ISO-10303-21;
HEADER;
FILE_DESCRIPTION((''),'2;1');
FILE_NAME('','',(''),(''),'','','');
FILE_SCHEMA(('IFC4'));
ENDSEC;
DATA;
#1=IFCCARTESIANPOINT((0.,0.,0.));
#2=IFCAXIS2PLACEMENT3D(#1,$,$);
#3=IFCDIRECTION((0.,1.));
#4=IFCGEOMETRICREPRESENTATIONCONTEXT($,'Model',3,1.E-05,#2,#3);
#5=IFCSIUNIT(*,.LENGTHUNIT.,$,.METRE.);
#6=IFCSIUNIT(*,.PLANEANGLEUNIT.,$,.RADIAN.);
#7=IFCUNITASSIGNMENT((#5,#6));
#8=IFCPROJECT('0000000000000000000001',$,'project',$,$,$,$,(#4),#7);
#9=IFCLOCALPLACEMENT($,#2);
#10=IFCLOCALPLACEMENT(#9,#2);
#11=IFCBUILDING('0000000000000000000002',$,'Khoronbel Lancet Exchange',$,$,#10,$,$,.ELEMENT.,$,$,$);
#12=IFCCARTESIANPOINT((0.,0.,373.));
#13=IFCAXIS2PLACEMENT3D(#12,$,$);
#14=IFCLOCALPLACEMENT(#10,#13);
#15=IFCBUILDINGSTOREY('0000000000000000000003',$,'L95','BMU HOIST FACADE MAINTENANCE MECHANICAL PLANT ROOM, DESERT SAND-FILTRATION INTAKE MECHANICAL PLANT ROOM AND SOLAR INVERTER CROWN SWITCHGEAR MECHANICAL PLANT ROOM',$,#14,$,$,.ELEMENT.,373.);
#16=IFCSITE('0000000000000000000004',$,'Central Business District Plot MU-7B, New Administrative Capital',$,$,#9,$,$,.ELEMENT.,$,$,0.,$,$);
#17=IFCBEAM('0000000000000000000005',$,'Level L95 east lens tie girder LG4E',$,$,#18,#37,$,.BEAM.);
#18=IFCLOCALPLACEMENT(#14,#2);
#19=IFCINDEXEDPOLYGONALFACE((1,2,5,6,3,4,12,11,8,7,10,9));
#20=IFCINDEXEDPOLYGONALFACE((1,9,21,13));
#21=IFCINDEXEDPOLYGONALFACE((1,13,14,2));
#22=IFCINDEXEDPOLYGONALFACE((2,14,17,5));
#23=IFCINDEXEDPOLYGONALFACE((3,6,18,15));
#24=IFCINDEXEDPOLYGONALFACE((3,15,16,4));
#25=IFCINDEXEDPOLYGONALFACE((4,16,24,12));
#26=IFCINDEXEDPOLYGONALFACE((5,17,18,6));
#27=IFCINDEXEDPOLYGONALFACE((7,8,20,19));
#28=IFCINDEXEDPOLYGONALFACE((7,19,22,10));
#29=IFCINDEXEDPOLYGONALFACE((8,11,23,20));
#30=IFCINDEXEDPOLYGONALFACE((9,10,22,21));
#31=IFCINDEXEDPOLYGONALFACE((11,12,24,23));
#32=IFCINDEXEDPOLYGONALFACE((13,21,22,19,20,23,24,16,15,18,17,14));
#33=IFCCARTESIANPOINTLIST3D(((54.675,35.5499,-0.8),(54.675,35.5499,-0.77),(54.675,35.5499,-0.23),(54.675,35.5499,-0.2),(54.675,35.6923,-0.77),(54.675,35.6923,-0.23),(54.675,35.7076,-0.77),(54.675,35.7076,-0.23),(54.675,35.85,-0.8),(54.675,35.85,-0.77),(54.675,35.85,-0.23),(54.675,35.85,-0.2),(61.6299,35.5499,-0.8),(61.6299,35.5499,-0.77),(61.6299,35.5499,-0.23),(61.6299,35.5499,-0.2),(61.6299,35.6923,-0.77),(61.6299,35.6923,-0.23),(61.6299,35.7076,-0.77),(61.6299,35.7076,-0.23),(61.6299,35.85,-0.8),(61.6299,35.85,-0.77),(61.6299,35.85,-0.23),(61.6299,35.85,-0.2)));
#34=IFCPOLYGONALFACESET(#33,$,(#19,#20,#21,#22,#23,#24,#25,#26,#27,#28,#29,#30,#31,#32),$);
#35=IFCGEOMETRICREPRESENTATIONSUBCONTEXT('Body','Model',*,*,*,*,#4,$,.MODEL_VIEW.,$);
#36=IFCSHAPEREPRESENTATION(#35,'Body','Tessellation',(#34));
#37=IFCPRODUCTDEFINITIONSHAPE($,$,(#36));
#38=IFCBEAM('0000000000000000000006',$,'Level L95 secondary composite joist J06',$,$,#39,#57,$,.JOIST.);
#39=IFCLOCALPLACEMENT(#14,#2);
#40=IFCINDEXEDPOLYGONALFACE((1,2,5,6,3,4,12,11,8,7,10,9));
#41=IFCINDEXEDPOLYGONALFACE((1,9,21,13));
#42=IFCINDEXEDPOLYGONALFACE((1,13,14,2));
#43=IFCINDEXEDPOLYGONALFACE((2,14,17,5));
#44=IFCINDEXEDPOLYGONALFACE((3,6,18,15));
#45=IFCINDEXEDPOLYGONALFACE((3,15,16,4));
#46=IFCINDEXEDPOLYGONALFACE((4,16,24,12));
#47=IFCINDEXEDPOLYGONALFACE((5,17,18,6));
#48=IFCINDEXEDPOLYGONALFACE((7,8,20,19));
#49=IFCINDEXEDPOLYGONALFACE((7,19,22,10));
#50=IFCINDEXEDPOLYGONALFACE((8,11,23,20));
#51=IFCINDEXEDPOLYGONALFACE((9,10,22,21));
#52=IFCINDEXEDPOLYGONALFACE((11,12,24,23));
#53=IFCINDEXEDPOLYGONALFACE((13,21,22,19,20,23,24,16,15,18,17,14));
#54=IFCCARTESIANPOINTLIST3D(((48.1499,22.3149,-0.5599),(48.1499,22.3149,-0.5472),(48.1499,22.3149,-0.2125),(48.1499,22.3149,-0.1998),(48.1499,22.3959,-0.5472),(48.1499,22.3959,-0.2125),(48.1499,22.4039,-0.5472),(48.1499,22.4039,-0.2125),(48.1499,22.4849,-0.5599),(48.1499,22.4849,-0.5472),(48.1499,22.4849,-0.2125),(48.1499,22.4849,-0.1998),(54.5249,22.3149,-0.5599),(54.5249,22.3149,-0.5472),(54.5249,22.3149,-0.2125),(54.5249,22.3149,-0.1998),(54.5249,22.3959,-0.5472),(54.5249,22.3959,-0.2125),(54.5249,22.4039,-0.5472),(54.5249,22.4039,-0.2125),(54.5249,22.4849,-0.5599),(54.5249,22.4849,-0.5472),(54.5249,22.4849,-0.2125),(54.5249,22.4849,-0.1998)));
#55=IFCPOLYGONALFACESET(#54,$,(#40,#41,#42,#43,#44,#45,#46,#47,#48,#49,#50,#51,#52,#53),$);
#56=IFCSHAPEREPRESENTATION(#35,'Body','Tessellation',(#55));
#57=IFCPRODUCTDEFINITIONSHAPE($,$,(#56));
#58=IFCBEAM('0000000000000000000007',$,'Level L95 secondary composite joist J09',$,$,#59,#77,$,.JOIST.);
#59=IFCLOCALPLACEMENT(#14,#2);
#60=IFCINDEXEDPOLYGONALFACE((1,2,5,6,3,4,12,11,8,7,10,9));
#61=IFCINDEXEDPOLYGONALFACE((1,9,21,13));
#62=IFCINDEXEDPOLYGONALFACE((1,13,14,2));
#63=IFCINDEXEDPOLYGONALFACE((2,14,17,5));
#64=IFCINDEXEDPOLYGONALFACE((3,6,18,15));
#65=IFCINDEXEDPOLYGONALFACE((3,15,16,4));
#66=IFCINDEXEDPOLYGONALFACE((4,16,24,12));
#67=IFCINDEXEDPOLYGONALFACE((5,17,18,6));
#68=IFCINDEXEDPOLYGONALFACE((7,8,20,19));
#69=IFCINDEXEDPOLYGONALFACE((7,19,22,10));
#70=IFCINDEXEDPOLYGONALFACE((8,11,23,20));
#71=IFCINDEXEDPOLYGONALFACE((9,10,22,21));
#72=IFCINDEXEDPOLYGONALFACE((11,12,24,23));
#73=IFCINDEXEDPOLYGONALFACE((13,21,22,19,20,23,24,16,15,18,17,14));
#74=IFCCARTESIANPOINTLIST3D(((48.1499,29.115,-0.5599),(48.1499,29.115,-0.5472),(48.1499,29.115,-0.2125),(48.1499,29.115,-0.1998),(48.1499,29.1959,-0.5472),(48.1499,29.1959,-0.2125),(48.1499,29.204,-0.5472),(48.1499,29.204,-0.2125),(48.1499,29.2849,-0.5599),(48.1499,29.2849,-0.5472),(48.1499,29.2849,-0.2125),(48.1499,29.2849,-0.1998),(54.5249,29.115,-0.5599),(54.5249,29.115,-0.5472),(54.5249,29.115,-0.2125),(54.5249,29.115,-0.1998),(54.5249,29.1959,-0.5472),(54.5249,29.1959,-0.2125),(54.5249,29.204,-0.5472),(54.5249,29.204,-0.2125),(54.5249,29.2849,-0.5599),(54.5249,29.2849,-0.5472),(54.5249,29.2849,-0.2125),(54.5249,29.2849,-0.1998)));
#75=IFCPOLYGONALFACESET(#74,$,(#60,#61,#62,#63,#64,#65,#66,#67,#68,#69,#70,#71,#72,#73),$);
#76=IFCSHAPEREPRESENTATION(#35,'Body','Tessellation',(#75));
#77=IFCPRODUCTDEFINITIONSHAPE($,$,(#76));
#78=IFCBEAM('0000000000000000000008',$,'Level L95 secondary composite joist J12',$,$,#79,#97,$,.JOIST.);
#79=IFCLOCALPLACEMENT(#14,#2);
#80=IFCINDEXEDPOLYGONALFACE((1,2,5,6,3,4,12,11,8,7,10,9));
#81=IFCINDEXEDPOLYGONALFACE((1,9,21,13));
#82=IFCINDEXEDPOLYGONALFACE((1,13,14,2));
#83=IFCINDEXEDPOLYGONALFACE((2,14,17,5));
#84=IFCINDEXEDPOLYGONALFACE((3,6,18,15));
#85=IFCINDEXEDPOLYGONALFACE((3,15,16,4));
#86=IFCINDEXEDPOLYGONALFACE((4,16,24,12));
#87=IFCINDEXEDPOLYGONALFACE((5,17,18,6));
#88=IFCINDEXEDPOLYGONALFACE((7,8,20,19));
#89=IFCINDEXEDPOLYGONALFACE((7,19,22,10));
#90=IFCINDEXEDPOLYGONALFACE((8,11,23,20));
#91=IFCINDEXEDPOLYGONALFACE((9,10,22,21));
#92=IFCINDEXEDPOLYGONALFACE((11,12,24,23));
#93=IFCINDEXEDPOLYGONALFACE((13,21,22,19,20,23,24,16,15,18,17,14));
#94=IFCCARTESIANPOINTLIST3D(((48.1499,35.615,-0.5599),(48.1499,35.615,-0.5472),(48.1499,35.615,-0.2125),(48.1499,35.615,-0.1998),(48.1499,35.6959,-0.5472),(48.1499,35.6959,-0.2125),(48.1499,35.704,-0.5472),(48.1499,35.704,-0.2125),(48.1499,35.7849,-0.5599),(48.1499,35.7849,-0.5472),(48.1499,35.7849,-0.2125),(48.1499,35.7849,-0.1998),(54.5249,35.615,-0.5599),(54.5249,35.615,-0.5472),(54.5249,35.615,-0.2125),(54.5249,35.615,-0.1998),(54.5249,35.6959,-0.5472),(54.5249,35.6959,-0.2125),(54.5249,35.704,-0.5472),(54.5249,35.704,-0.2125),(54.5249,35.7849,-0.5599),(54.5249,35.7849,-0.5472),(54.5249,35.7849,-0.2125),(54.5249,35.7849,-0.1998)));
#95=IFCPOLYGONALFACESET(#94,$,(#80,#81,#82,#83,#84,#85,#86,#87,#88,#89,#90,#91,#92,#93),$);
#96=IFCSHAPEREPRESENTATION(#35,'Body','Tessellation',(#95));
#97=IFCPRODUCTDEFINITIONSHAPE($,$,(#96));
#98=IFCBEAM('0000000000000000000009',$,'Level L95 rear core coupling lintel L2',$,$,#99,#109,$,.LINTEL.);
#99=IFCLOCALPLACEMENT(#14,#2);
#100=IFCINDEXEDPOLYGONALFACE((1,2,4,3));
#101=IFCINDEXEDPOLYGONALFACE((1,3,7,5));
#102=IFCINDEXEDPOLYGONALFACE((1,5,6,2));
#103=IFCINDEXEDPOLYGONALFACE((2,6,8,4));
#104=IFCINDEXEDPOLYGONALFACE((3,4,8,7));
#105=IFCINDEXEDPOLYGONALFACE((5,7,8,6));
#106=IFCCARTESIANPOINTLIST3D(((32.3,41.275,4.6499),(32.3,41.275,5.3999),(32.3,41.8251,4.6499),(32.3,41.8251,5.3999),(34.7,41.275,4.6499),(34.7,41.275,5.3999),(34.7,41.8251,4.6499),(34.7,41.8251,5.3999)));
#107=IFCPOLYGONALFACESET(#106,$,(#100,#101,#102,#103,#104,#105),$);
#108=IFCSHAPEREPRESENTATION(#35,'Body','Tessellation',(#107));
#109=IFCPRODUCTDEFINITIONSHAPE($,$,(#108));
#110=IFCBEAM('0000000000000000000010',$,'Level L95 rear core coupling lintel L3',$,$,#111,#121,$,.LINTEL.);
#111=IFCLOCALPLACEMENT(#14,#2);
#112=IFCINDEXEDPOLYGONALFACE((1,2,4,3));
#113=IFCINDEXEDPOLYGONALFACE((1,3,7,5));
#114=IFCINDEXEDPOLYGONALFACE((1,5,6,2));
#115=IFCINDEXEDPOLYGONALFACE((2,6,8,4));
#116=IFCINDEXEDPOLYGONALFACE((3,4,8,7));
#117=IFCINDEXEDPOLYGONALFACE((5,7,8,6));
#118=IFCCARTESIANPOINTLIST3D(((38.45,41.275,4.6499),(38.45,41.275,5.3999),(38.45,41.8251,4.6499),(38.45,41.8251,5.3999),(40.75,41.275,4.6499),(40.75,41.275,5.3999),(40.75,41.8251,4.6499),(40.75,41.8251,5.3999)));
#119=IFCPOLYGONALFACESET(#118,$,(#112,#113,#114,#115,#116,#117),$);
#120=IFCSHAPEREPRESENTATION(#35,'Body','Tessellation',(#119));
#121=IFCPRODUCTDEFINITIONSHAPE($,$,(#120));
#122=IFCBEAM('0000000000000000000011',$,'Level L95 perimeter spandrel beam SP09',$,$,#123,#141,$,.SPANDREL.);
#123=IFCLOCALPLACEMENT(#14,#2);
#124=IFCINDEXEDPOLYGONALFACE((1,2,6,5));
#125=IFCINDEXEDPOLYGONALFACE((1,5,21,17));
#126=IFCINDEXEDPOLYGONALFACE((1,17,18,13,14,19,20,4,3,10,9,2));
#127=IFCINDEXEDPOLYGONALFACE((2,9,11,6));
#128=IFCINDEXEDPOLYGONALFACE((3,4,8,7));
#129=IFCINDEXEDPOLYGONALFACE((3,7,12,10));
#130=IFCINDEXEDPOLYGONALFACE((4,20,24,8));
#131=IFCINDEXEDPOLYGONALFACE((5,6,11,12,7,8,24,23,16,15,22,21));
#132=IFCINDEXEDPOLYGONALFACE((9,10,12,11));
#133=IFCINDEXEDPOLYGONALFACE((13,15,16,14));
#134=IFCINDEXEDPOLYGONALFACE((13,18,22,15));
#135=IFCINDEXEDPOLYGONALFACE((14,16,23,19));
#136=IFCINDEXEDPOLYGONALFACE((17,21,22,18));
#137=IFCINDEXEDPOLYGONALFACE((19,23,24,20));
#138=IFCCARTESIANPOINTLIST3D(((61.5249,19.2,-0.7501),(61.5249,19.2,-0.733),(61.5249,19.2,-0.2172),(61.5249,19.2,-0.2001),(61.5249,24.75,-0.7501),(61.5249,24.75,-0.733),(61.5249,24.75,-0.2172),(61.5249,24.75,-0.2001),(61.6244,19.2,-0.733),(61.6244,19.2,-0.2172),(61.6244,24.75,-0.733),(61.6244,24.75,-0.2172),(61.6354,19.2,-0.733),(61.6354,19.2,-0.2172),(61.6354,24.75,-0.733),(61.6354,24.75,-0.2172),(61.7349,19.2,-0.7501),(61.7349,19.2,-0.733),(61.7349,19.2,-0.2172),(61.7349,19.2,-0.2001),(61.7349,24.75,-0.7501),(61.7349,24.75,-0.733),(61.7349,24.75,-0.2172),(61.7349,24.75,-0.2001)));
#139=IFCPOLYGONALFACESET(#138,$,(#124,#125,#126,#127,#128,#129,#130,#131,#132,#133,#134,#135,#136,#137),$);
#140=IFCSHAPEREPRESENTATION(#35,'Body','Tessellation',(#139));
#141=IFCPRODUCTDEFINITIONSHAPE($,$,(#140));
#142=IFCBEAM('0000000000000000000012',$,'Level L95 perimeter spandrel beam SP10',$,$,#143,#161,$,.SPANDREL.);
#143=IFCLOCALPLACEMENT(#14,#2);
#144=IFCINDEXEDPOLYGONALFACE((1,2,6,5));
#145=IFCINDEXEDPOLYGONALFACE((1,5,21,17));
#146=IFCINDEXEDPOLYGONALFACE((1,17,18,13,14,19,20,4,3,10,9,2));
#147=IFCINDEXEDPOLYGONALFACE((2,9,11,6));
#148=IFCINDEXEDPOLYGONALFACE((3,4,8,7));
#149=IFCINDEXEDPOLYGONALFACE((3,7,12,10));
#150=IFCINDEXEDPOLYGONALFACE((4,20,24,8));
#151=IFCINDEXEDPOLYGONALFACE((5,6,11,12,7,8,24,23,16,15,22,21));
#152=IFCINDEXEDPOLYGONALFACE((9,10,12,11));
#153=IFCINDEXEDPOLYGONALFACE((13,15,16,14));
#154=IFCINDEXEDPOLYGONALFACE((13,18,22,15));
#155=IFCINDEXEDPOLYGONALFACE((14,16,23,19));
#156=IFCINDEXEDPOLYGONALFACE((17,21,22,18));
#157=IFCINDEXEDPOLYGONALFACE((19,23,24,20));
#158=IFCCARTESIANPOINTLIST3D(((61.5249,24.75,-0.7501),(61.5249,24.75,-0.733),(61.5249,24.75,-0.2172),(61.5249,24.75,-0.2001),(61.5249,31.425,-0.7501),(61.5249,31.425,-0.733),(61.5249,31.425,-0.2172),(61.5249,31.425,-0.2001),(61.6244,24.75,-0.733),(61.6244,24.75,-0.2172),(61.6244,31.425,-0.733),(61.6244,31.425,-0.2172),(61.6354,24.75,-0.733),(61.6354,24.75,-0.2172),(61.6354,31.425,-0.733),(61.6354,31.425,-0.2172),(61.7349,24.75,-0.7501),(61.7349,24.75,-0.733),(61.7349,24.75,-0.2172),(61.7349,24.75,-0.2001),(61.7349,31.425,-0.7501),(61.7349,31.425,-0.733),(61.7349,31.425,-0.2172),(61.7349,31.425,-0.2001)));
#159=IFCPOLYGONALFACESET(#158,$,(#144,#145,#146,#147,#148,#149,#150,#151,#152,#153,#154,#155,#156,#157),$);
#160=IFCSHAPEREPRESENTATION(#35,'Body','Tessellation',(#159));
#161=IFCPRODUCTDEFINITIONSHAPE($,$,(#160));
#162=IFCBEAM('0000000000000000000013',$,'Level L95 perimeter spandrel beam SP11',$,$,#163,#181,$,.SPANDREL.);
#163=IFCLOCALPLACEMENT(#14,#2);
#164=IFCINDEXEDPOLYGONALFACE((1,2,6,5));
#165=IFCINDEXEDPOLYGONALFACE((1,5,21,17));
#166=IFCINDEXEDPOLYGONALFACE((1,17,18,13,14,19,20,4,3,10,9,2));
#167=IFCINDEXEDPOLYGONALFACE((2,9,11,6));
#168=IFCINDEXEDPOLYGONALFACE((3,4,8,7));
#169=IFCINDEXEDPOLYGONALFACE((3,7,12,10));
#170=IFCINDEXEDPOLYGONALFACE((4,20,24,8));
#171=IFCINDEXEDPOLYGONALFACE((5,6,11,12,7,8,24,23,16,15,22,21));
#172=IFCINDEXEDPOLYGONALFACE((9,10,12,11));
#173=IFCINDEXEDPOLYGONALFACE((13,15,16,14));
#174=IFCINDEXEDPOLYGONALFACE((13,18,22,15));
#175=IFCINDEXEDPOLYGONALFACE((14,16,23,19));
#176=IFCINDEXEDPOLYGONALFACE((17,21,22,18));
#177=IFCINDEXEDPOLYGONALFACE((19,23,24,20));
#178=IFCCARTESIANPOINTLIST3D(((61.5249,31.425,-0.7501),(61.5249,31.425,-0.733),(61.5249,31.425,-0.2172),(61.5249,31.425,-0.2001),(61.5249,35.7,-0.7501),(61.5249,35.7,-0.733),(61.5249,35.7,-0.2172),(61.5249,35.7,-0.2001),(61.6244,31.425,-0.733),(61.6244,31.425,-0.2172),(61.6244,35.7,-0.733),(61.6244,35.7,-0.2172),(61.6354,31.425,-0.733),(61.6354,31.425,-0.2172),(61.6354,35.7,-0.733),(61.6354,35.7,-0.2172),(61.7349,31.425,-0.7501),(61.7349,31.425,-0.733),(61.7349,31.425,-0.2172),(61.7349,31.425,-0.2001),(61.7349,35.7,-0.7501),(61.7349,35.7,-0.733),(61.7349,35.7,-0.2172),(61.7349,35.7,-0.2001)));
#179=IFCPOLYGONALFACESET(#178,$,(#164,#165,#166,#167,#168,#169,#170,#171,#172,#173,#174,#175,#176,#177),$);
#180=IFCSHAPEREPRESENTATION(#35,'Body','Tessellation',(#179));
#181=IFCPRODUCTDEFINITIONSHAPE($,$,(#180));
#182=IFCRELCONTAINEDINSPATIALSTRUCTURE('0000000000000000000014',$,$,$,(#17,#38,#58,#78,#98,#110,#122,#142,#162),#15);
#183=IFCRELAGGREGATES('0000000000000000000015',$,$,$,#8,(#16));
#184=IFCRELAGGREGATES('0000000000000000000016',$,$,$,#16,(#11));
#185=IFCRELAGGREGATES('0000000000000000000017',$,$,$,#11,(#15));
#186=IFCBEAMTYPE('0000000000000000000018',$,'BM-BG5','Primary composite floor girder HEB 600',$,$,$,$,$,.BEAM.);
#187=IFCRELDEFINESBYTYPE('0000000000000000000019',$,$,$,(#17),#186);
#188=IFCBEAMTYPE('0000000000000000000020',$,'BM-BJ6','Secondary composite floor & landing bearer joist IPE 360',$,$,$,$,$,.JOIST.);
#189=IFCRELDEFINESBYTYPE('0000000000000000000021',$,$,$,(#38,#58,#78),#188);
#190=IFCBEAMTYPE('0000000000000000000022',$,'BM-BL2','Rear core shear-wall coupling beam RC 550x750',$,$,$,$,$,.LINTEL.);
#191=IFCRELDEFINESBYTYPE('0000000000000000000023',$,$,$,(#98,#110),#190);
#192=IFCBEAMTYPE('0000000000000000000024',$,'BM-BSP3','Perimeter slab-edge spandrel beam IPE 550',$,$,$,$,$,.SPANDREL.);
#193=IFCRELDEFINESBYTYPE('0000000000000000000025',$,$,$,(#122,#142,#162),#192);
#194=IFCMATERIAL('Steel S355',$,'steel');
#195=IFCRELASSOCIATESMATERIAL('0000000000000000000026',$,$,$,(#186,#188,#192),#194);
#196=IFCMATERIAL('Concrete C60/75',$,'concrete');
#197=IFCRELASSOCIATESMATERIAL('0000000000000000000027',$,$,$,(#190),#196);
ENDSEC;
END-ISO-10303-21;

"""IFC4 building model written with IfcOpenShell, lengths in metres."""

from ifc_helpers import new_model, si_unit, direction, frame, origin, origin_2d, place, context, subcontext, project, spatial, rectangle, i_section, extrude, material, material_profile, profile_set, type_object, element, save


model = new_model("IFC4")

# Units and contexts
model_context = context("Model", 3, precision=1e-05, world=origin(), true_north=direction((0.0, 1.0)))
body_context = subcontext(model_context, "Body", "Model", "MODEL_VIEW")
ifc_project = project(units=[si_unit("LENGTHUNIT", "METRE"), si_unit("PLANEANGLEUNIT", "RADIAN")], contexts=[model_context])

# Site, building, storey
site_placement = place(None, origin())
site = spatial("IfcSite", under=ifc_project, at=site_placement, Name="Central Business District Plot MU-7B, New Administrative Capital", CompositionType="ELEMENT", RefElevation=0.0)
building_placement = place(site_placement, origin())
building = spatial("IfcBuilding", under=site, at=building_placement, Name="Khoronbel Lancet Exchange", CompositionType="ELEMENT")
storey_placement = place(building_placement, frame((0.0, 0.0, 373.0)))
storey = spatial("IfcBuildingStorey", under=building, at=storey_placement, Name="L95", Description="BMU HOIST FACADE MAINTENANCE MECHANICAL PLANT ROOM, DESERT SAND-FILTRATION INTAKE MECHANICAL PLANT ROOM AND SOLAR INVERTER CROWN SWITCHGEAR MECHANICAL PLANT ROOM", CompositionType="ELEMENT", Elevation=373.0)

# Shared definitions
ifc_material_1 = material(Name="Steel S355", Category="steel")

# Beams
ifc_material_profile_1 = material_profile(ifc_material_1, i_section(OverallWidth=0.3, OverallDepth=0.6001, WebThickness=0.0154, FlangeThickness=0.03, at=origin_2d()), Name="HEB 600")
ifc_profile_set_1 = profile_set([ifc_material_profile_1], Name="Steel S355")
beam_type_1 = type_object("IfcBeamType", Name="BM-BG5", Description="Primary composite floor girder HEB 600", PredefinedType="BEAM", material=ifc_profile_set_1)
for number, where, z_axis, x_axis, name in (
    (1, (54.675, 35.7, -0.5), (1.0, 0.0, 0.0), (0.0, 1.0, 0.0), "Level L95 east lens tie girder LG4E"),
):
    element("IfcBeam", number, at=place(storey_placement, frame(where, z_axis=z_axis, x_axis=x_axis)), inside=storey, type_object=beam_type_1, Name=name, PredefinedType="BEAM", context=body_context, shape_type="SweptSolid", body=[
        extrude(i_section(OverallWidth=0.3, OverallDepth=0.6001, WebThickness=0.0154, FlangeThickness=0.03, at=origin_2d()), origin(), (0.0, 0.0, 1.0), 6.9548),
    ])
ifc_material_profile_2 = material_profile(ifc_material_1, i_section(OverallWidth=0.1699, OverallDepth=0.3601, WebThickness=0.0081, FlangeThickness=0.0127, at=origin_2d()), Name="IPE 360")
ifc_profile_set_2 = profile_set([ifc_material_profile_2], Name="Steel S355")
beam_type_2 = type_object("IfcBeamType", Name="BM-BJ6", Description="Secondary composite floor & landing bearer joist IPE 360", PredefinedType="JOIST", material=ifc_profile_set_2)
for number, where, z_axis, x_axis, name in (
    (2, (48.1499, 22.3999, -0.3799), (1.0, 0.0, 0.0), (0.0, 1.0, 0.0), "Level L95 secondary composite joist J06"),
    (3, (48.1499, 29.2, -0.3799), (1.0, 0.0, 0.0), (0.0, 1.0, 0.0), "Level L95 secondary composite joist J09"),
    (4, (48.1499, 35.7, -0.3799), (1.0, 0.0, 0.0), (0.0, 1.0, 0.0), "Level L95 secondary composite joist J12"),
):
    element("IfcBeam", number, at=place(storey_placement, frame(where, z_axis=z_axis, x_axis=x_axis)), inside=storey, type_object=beam_type_2, Name=name, PredefinedType="JOIST", context=body_context, shape_type="SweptSolid", body=[
        extrude(i_section(OverallWidth=0.1699, OverallDepth=0.3601, WebThickness=0.0081, FlangeThickness=0.0127, at=origin_2d()), origin(), (0.0, 0.0, 1.0), 6.375),
    ])
ifc_material_2 = material(Name="Concrete C60/75", Category="concrete")
ifc_material_profile_3 = material_profile(ifc_material_2, rectangle(XDim=0.55, YDim=0.75, at=origin_2d()), Name="RC 550x750")
ifc_profile_set_3 = profile_set([ifc_material_profile_3], Name="Concrete C60/75")
beam_type_3 = type_object("IfcBeamType", Name="BM-BL2", Description="Rear core shear-wall coupling beam RC 550x750", PredefinedType="LINTEL", material=ifc_profile_set_3)
beam_1_placement = place(storey_placement, frame((32.3, 41.55, 5.0249), z_axis=(1.0, 0.0, 0.0), x_axis=(0.0, 1.0, 0.0)))
element("IfcBeam", 5, at=beam_1_placement, inside=storey, type_object=beam_type_3, Name="Level L95 rear core coupling lintel L2", PredefinedType="LINTEL", context=body_context, shape_type="SweptSolid", body=[
    extrude(rectangle(XDim=0.55, YDim=0.75, at=origin_2d()), origin(), (0.0, 0.0, 1.0), 2.3999),
])
beam_2_placement = place(storey_placement, frame((38.45, 41.55, 5.0249), z_axis=(1.0, 0.0, 0.0), x_axis=(0.0, 1.0, 0.0)))
element("IfcBeam", 6, at=beam_2_placement, inside=storey, type_object=beam_type_3, Name="Level L95 rear core coupling lintel L3", PredefinedType="LINTEL", context=body_context, shape_type="SweptSolid", body=[
    extrude(rectangle(XDim=0.55, YDim=0.75, at=origin_2d()), origin(), (0.0, 0.0, 1.0), 2.3),
])
ifc_material_profile_4 = material_profile(ifc_material_1, i_section(OverallWidth=0.21, OverallDepth=0.55, WebThickness=0.011, FlangeThickness=0.0171, at=origin_2d()), Name="IPE 550")
ifc_profile_set_4 = profile_set([ifc_material_profile_4], Name="Steel S355")
beam_type_4 = type_object("IfcBeamType", Name="BM-BSP3", Description="Perimeter slab-edge spandrel beam IPE 550", PredefinedType="SPANDREL", material=ifc_profile_set_4)
beam_3_placement = place(storey_placement, frame((61.6299, 19.2, -0.4751), z_axis=(0.0, 1.0, 0.0), x_axis=(-1.0, 0.0, 0.0)))
element("IfcBeam", 7, at=beam_3_placement, inside=storey, type_object=beam_type_4, Name="Level L95 perimeter spandrel beam SP09", PredefinedType="SPANDREL", context=body_context, shape_type="SweptSolid", body=[
    extrude(i_section(OverallWidth=0.21, OverallDepth=0.55, WebThickness=0.011, FlangeThickness=0.0171, at=origin_2d()), origin(), (0.0, 0.0, 1.0), 5.55),
])
beam_4_placement = place(storey_placement, frame((61.6299, 24.75, -0.4751), z_axis=(0.0, 1.0, 0.0), x_axis=(-1.0, 0.0, 0.0)))
element("IfcBeam", 8, at=beam_4_placement, inside=storey, type_object=beam_type_4, Name="Level L95 perimeter spandrel beam SP10", PredefinedType="SPANDREL", context=body_context, shape_type="SweptSolid", body=[
    extrude(i_section(OverallWidth=0.21, OverallDepth=0.55, WebThickness=0.011, FlangeThickness=0.0171, at=origin_2d()), origin(), (0.0, 0.0, 1.0), 6.675),
])
beam_5_placement = place(storey_placement, frame((61.6299, 31.425, -0.4751), z_axis=(0.0, 1.0, 0.0), x_axis=(-1.0, 0.0, 0.0)))
element("IfcBeam", 9, at=beam_5_placement, inside=storey, type_object=beam_type_4, Name="Level L95 perimeter spandrel beam SP11", PredefinedType="SPANDREL", context=body_context, shape_type="SweptSolid", body=[
    extrude(i_section(OverallWidth=0.21, OverallDepth=0.55, WebThickness=0.011, FlangeThickness=0.0171, at=origin_2d()), origin(), (0.0, 0.0, 1.0), 4.2749),
])

save(model, "model.ifc")
